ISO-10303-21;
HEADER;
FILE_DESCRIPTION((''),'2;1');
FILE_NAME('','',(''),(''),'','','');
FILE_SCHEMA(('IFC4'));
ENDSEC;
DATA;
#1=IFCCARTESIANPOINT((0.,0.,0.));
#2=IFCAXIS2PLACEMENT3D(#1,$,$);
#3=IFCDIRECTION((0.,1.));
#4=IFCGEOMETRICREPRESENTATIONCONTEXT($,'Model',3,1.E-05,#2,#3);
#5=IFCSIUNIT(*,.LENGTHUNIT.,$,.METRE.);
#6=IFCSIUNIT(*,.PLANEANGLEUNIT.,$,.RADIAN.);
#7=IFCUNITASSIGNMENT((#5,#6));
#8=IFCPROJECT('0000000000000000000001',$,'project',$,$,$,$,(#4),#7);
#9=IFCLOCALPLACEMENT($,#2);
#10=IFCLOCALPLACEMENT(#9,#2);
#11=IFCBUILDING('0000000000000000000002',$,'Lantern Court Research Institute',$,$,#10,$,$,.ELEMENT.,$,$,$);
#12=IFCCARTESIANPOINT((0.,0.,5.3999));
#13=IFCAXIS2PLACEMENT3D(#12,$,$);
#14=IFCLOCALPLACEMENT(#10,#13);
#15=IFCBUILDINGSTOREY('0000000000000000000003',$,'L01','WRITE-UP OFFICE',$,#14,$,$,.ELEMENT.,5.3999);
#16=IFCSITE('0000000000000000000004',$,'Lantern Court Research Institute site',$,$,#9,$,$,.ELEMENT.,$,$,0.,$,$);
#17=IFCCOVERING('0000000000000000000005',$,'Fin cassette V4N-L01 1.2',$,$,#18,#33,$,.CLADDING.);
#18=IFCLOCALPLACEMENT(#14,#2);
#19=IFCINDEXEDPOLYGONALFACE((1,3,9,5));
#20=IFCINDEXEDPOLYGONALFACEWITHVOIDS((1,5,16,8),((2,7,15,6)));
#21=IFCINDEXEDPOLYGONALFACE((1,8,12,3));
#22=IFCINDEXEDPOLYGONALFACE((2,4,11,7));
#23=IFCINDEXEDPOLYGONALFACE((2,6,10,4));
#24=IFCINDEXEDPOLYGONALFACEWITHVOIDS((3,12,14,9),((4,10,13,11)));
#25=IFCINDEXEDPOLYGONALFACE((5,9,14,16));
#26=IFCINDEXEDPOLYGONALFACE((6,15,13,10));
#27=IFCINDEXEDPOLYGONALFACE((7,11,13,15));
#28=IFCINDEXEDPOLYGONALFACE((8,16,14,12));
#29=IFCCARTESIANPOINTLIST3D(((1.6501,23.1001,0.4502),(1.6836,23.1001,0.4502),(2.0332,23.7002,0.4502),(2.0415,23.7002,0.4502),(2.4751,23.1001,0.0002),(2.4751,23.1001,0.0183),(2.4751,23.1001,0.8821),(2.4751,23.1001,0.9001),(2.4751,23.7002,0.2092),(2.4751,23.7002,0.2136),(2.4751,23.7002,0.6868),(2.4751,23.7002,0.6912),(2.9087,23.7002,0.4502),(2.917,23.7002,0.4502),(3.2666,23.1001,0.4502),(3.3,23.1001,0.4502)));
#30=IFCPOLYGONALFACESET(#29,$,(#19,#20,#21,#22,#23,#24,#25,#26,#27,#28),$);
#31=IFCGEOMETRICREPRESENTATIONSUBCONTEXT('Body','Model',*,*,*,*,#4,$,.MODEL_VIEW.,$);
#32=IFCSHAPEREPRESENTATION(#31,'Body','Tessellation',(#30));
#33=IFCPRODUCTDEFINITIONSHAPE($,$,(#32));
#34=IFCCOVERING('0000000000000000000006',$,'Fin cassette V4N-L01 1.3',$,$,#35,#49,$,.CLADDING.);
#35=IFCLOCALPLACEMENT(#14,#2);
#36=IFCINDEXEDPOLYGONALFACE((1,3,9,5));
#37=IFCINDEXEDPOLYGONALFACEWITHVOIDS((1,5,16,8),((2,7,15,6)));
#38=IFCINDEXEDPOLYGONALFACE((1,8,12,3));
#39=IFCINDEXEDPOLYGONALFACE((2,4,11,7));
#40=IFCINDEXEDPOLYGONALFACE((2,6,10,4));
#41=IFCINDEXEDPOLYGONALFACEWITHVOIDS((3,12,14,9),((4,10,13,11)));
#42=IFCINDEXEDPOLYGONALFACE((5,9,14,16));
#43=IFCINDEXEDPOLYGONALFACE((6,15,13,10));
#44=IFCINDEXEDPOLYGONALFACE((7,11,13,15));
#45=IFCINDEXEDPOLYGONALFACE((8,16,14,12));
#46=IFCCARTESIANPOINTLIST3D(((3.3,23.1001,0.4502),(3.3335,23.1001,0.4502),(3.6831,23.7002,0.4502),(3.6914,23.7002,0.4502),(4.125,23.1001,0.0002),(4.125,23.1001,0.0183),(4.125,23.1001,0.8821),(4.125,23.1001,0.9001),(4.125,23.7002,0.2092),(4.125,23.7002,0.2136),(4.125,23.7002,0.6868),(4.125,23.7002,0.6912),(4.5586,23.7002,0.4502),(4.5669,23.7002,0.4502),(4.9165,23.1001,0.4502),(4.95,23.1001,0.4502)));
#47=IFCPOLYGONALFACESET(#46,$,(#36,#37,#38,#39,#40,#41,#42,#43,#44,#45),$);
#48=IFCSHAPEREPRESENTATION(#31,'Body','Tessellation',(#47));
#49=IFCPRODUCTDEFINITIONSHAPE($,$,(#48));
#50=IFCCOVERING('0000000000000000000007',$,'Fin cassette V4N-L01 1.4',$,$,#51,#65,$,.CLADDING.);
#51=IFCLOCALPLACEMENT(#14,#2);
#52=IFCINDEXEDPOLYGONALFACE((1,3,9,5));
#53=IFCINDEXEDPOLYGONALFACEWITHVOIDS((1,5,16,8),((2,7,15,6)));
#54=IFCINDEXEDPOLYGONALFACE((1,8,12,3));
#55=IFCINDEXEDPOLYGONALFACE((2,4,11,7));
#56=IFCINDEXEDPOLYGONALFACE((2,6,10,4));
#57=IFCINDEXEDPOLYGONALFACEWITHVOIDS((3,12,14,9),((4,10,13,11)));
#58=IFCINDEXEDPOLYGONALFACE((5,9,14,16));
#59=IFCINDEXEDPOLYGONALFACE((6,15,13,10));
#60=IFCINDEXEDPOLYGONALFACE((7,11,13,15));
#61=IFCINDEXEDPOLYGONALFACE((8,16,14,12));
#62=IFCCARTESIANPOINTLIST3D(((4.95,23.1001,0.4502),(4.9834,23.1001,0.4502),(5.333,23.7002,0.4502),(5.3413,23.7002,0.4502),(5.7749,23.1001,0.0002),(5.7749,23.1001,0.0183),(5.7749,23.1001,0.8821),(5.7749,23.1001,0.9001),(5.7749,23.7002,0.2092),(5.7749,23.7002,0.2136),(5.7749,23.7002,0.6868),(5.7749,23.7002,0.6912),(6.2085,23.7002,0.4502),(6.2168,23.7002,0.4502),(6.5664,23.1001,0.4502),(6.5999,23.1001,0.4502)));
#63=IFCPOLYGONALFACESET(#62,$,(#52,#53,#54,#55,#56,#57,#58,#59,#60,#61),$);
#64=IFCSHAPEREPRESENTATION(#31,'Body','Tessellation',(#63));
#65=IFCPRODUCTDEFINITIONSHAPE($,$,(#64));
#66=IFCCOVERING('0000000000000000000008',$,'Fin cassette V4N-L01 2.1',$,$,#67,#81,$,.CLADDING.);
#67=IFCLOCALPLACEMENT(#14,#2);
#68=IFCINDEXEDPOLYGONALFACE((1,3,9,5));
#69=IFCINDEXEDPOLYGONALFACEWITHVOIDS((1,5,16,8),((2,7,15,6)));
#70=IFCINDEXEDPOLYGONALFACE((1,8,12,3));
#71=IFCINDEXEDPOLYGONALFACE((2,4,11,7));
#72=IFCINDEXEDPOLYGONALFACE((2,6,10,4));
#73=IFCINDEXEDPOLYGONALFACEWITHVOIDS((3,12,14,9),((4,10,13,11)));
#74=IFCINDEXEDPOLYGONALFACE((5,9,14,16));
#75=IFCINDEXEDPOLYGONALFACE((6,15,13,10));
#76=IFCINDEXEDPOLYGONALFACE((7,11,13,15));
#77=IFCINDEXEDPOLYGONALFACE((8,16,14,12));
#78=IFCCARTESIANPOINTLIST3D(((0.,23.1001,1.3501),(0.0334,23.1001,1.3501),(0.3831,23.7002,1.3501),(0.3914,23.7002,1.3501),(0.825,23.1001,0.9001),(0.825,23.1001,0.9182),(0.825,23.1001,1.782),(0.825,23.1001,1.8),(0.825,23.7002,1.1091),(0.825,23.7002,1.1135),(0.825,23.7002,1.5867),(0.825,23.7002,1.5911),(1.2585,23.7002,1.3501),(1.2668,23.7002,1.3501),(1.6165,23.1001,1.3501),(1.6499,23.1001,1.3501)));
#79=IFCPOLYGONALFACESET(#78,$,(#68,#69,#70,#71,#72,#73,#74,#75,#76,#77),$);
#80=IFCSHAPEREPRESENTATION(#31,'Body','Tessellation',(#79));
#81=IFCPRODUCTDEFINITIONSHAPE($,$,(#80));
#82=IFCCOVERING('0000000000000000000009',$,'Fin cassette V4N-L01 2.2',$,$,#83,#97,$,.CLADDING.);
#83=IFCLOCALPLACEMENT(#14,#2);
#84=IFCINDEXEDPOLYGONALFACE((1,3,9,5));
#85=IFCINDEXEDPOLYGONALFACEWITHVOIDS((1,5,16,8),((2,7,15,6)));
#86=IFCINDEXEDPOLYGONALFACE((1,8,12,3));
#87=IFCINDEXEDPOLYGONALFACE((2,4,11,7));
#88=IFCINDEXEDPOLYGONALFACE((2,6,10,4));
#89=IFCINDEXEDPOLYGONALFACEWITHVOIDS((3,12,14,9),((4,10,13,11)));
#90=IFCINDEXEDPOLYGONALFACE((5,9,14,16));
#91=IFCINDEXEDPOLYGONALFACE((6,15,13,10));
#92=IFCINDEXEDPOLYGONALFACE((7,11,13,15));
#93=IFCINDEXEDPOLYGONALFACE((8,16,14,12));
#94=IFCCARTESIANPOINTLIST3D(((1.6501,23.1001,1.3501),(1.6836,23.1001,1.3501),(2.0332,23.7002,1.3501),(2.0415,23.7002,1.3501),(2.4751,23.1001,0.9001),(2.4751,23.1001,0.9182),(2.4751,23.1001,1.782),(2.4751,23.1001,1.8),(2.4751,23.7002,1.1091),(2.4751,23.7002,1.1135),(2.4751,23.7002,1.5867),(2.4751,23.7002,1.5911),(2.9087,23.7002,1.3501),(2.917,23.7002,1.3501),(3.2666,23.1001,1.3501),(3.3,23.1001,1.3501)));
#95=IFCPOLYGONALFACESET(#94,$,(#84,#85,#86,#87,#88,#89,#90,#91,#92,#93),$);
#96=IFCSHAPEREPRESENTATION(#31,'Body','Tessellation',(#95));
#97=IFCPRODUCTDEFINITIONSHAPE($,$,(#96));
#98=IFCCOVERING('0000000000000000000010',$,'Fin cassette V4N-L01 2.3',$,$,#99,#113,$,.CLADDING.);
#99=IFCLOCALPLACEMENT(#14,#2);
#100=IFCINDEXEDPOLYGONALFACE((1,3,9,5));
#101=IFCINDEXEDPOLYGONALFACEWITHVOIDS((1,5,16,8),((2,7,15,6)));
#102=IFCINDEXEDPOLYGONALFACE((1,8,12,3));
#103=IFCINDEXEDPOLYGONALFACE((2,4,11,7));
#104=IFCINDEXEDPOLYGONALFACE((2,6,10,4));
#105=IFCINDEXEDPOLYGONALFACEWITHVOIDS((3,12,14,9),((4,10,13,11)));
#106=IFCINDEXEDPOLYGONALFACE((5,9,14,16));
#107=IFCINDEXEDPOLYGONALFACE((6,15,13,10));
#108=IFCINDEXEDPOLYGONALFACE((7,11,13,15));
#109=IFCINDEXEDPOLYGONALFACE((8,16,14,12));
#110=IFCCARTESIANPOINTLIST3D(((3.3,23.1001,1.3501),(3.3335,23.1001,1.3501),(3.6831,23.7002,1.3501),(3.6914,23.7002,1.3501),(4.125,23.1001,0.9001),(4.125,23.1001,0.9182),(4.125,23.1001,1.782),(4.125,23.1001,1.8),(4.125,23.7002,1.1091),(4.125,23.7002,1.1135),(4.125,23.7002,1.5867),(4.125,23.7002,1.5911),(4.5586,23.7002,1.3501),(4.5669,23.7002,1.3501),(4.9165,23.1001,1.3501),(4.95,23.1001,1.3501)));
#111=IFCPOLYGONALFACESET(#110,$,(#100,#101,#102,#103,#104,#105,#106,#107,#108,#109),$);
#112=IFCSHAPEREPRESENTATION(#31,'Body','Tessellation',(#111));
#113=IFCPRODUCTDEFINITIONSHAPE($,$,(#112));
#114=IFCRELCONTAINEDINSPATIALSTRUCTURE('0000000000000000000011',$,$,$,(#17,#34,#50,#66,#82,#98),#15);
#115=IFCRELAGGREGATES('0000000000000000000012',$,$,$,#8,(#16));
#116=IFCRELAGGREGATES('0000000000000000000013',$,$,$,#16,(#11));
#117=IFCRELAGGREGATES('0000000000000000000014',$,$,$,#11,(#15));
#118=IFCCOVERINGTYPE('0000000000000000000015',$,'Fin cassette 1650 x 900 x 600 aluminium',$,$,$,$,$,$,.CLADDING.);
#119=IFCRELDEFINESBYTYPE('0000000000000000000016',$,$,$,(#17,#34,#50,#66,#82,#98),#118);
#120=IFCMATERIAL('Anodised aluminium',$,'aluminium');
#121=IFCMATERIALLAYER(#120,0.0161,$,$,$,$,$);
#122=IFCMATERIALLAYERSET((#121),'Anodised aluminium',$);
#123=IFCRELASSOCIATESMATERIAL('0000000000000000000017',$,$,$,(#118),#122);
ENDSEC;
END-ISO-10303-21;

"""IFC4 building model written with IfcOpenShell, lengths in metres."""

from ifc_helpers import new_model, entity, si_unit, direction, frame, origin, place, context, subcontext, project, spatial, material, layer, layer_set, type_object, element, save


model = new_model("IFC4")

# Units and contexts
model_context = context("Model", 3, precision=1e-05, world=origin(), true_north=direction((0.0, 1.0)))
body_context = subcontext(model_context, "Body", "Model", "MODEL_VIEW")
ifc_project = project(units=[si_unit("LENGTHUNIT", "METRE"), si_unit("PLANEANGLEUNIT", "RADIAN")], contexts=[model_context])

# Site, building, storey
site_placement = place(None, origin())
site = spatial("IfcSite", under=ifc_project, at=site_placement, Name="Lantern Court Research Institute site", CompositionType="ELEMENT", RefElevation=0.0)
building_placement = place(site_placement, origin())
building = spatial("IfcBuilding", under=site, at=building_placement, Name="Lantern Court Research Institute", CompositionType="ELEMENT")
storey_placement = place(building_placement, frame((0.0, 0.0, 5.3999)))
storey = spatial("IfcBuildingStorey", under=building, at=storey_placement, Name="L01", Description="WRITE-UP OFFICE", CompositionType="ELEMENT", Elevation=5.3999)

# Coverings
ifc_material_1 = material(Name="Anodised aluminium", Category="aluminium")
ifc_layer_1 = layer(ifc_material_1, 0.0161)
ifc_layer_set_1 = layer_set([ifc_layer_1], Name="Anodised aluminium")
covering_type = type_object("IfcCoveringType", Name="Fin cassette 1650 x 900 x 600 aluminium", PredefinedType="CLADDING", material=ifc_layer_set_1)
covering_1_placement = place(storey_placement, frame((2.4751, 23.1001, 0.4502), z_axis=(0.0, 1.0, 0.0), x_axis=(-1.0, 0.0, 0.0)))
cartesian_point_1 = entity("IfcCartesianPoint", [0.825, 0.0])
cartesian_point_2 = entity("IfcCartesianPoint", [0.7915, 0.0])
cartesian_point_3 = entity("IfcCartesianPoint", [0.4419, 0.0])
cartesian_point_4 = entity("IfcCartesianPoint", [0.4336, 0.0])
element("IfcCovering", 1, at=covering_1_placement, inside=storey, type_object=covering_type, Name="Fin cassette V4N-L01 1.2", PredefinedType="CLADDING", context=body_context, shape_type="SweptSolid", body=[
    entity("IfcExtrudedAreaSolidTapered", entity("IfcArbitraryProfileDefWithVoids", "AREA", None, entity("IfcPolyline", [cartesian_point_1, entity("IfcCartesianPoint", [0.0, 0.45]), entity("IfcCartesianPoint", [-0.825, 0.0]), entity("IfcCartesianPoint", [0.0, -0.45]), cartesian_point_1]), [entity("IfcPolyline", [cartesian_point_2, entity("IfcCartesianPoint", [0.0, 0.4319]), entity("IfcCartesianPoint", [-0.7915, 0.0]), entity("IfcCartesianPoint", [0.0, -0.4319]), cartesian_point_2])]), entity("IfcAxis2Placement3D", entity("IfcCartesianPoint", [0.0, 0.0, 0.0])), entity("IfcDirection", [0.0, 0.0, 1.0]), 0.6001, entity("IfcArbitraryProfileDefWithVoids", "AREA", None, entity("IfcPolyline", [cartesian_point_3, entity("IfcCartesianPoint", [0.0, 0.241]), entity("IfcCartesianPoint", [-0.4419, 0.0]), entity("IfcCartesianPoint", [0.0, -0.241]), cartesian_point_3]), [entity("IfcPolyline", [cartesian_point_4, entity("IfcCartesianPoint", [0.0, 0.2366]), entity("IfcCartesianPoint", [-0.4336, 0.0]), entity("IfcCartesianPoint", [0.0, -0.2366]), cartesian_point_4])])),
])
covering_2_placement = place(storey_placement, frame((4.125, 23.1001, 0.4502), z_axis=(0.0, 1.0, 0.0), x_axis=(-1.0, 0.0, 0.0)))
cartesian_point_5 = entity("IfcCartesianPoint", [0.825, 0.0])
cartesian_point_6 = entity("IfcCartesianPoint", [0.7915, 0.0])
cartesian_point_7 = entity("IfcCartesianPoint", [0.4419, 0.0])
cartesian_point_8 = entity("IfcCartesianPoint", [0.4336, 0.0])
element("IfcCovering", 2, at=covering_2_placement, inside=storey, type_object=covering_type, Name="Fin cassette V4N-L01 1.3", PredefinedType="CLADDING", context=body_context, shape_type="SweptSolid", body=[
    entity("IfcExtrudedAreaSolidTapered", entity("IfcArbitraryProfileDefWithVoids", "AREA", None, entity("IfcPolyline", [cartesian_point_5, entity("IfcCartesianPoint", [0.0, 0.45]), entity("IfcCartesianPoint", [-0.825, 0.0]), entity("IfcCartesianPoint", [0.0, -0.45]), cartesian_point_5]), [entity("IfcPolyline", [cartesian_point_6, entity("IfcCartesianPoint", [0.0, 0.4319]), entity("IfcCartesianPoint", [-0.7915, 0.0]), entity("IfcCartesianPoint", [0.0, -0.4319]), cartesian_point_6])]), entity("IfcAxis2Placement3D", entity("IfcCartesianPoint", [0.0, 0.0, 0.0])), entity("IfcDirection", [0.0, 0.0, 1.0]), 0.6001, entity("IfcArbitraryProfileDefWithVoids", "AREA", None, entity("IfcPolyline", [cartesian_point_7, entity("IfcCartesianPoint", [0.0, 0.241]), entity("IfcCartesianPoint", [-0.4419, 0.0]), entity("IfcCartesianPoint", [0.0, -0.241]), cartesian_point_7]), [entity("IfcPolyline", [cartesian_point_8, entity("IfcCartesianPoint", [0.0, 0.2366]), entity("IfcCartesianPoint", [-0.4336, 0.0]), entity("IfcCartesianPoint", [0.0, -0.2366]), cartesian_point_8])])),
])
covering_3_placement = place(storey_placement, frame((5.7749, 23.1001, 0.4502), z_axis=(0.0, 1.0, 0.0), x_axis=(-1.0, 0.0, 0.0)))
cartesian_point_9 = entity("IfcCartesianPoint", [0.825, 0.0])
cartesian_point_10 = entity("IfcCartesianPoint", [0.7915, 0.0])
cartesian_point_11 = entity("IfcCartesianPoint", [0.4419, 0.0])
cartesian_point_12 = entity("IfcCartesianPoint", [0.4336, 0.0])
element("IfcCovering", 3, at=covering_3_placement, inside=storey, type_object=covering_type, Name="Fin cassette V4N-L01 1.4", PredefinedType="CLADDING", context=body_context, shape_type="SweptSolid", body=[
    entity("IfcExtrudedAreaSolidTapered", entity("IfcArbitraryProfileDefWithVoids", "AREA", None, entity("IfcPolyline", [cartesian_point_9, entity("IfcCartesianPoint", [0.0, 0.45]), entity("IfcCartesianPoint", [-0.825, 0.0]), entity("IfcCartesianPoint", [0.0, -0.45]), cartesian_point_9]), [entity("IfcPolyline", [cartesian_point_10, entity("IfcCartesianPoint", [0.0, 0.4319]), entity("IfcCartesianPoint", [-0.7915, 0.0]), entity("IfcCartesianPoint", [0.0, -0.4319]), cartesian_point_10])]), entity("IfcAxis2Placement3D", entity("IfcCartesianPoint", [0.0, 0.0, 0.0])), entity("IfcDirection", [0.0, 0.0, 1.0]), 0.6001, entity("IfcArbitraryProfileDefWithVoids", "AREA", None, entity("IfcPolyline", [cartesian_point_11, entity("IfcCartesianPoint", [0.0, 0.241]), entity("IfcCartesianPoint", [-0.4419, 0.0]), entity("IfcCartesianPoint", [0.0, -0.241]), cartesian_point_11]), [entity("IfcPolyline", [cartesian_point_12, entity("IfcCartesianPoint", [0.0, 0.2366]), entity("IfcCartesianPoint", [-0.4336, 0.0]), entity("IfcCartesianPoint", [0.0, -0.2366]), cartesian_point_12])])),
])
covering_4_placement = place(storey_placement, frame((0.825, 23.1001, 1.3501), z_axis=(0.0, 1.0, 0.0), x_axis=(-1.0, 0.0, 0.0)))
cartesian_point_13 = entity("IfcCartesianPoint", [0.825, 0.0])
cartesian_point_14 = entity("IfcCartesianPoint", [0.7915, 0.0])
cartesian_point_15 = entity("IfcCartesianPoint", [0.4419, 0.0])
cartesian_point_16 = entity("IfcCartesianPoint", [0.4336, 0.0])
element("IfcCovering", 4, at=covering_4_placement, inside=storey, type_object=covering_type, Name="Fin cassette V4N-L01 2.1", PredefinedType="CLADDING", context=body_context, shape_type="SweptSolid", body=[
    entity("IfcExtrudedAreaSolidTapered", entity("IfcArbitraryProfileDefWithVoids", "AREA", None, entity("IfcPolyline", [cartesian_point_13, entity("IfcCartesianPoint", [0.0, 0.45]), entity("IfcCartesianPoint", [-0.825, 0.0]), entity("IfcCartesianPoint", [0.0, -0.45]), cartesian_point_13]), [entity("IfcPolyline", [cartesian_point_14, entity("IfcCartesianPoint", [0.0, 0.4319]), entity("IfcCartesianPoint", [-0.7915, 0.0]), entity("IfcCartesianPoint", [0.0, -0.4319]), cartesian_point_14])]), entity("IfcAxis2Placement3D", entity("IfcCartesianPoint", [0.0, 0.0, 0.0])), entity("IfcDirection", [0.0, 0.0, 1.0]), 0.6001, entity("IfcArbitraryProfileDefWithVoids", "AREA", None, entity("IfcPolyline", [cartesian_point_15, entity("IfcCartesianPoint", [0.0, 0.241]), entity("IfcCartesianPoint", [-0.4419, 0.0]), entity("IfcCartesianPoint", [0.0, -0.241]), cartesian_point_15]), [entity("IfcPolyline", [cartesian_point_16, entity("IfcCartesianPoint", [0.0, 0.2366]), entity("IfcCartesianPoint", [-0.4336, 0.0]), entity("IfcCartesianPoint", [0.0, -0.2366]), cartesian_point_16])])),
])
covering_5_placement = place(storey_placement, frame((2.4751, 23.1001, 1.3501), z_axis=(0.0, 1.0, 0.0), x_axis=(-1.0, 0.0, 0.0)))
cartesian_point_17 = entity("IfcCartesianPoint", [0.825, 0.0])
cartesian_point_18 = entity("IfcCartesianPoint", [0.7915, 0.0])
cartesian_point_19 = entity("IfcCartesianPoint", [0.4419, 0.0])
cartesian_point_20 = entity("IfcCartesianPoint", [0.4336, 0.0])
element("IfcCovering", 5, at=covering_5_placement, inside=storey, type_object=covering_type, Name="Fin cassette V4N-L01 2.2", PredefinedType="CLADDING", context=body_context, shape_type="SweptSolid", body=[
    entity("IfcExtrudedAreaSolidTapered", entity("IfcArbitraryProfileDefWithVoids", "AREA", None, entity("IfcPolyline", [cartesian_point_17, entity("IfcCartesianPoint", [0.0, 0.45]), entity("IfcCartesianPoint", [-0.825, 0.0]), entity("IfcCartesianPoint", [0.0, -0.45]), cartesian_point_17]), [entity("IfcPolyline", [cartesian_point_18, entity("IfcCartesianPoint", [0.0, 0.4319]), entity("IfcCartesianPoint", [-0.7915, 0.0]), entity("IfcCartesianPoint", [0.0, -0.4319]), cartesian_point_18])]), entity("IfcAxis2Placement3D", entity("IfcCartesianPoint", [0.0, 0.0, 0.0])), entity("IfcDirection", [0.0, 0.0, 1.0]), 0.6001, entity("IfcArbitraryProfileDefWithVoids", "AREA", None, entity("IfcPolyline", [cartesian_point_19, entity("IfcCartesianPoint", [0.0, 0.241]), entity("IfcCartesianPoint", [-0.4419, 0.0]), entity("IfcCartesianPoint", [0.0, -0.241]), cartesian_point_19]), [entity("IfcPolyline", [cartesian_point_20, entity("IfcCartesianPoint", [0.0, 0.2366]), entity("IfcCartesianPoint", [-0.4336, 0.0]), entity("IfcCartesianPoint", [0.0, -0.2366]), cartesian_point_20])])),
])
covering_6_placement = place(storey_placement, frame((4.125, 23.1001, 1.3501), z_axis=(0.0, 1.0, 0.0), x_axis=(-1.0, 0.0, 0.0)))
cartesian_point_21 = entity("IfcCartesianPoint", [0.825, 0.0])
cartesian_point_22 = entity("IfcCartesianPoint", [0.7915, 0.0])
cartesian_point_23 = entity("IfcCartesianPoint", [0.4419, 0.0])
cartesian_point_24 = entity("IfcCartesianPoint", [0.4336, 0.0])
element("IfcCovering", 6, at=covering_6_placement, inside=storey, type_object=covering_type, Name="Fin cassette V4N-L01 2.3", PredefinedType="CLADDING", context=body_context, shape_type="SweptSolid", body=[
    entity("IfcExtrudedAreaSolidTapered", entity("IfcArbitraryProfileDefWithVoids", "AREA", None, entity("IfcPolyline", [cartesian_point_21, entity("IfcCartesianPoint", [0.0, 0.45]), entity("IfcCartesianPoint", [-0.825, 0.0]), entity("IfcCartesianPoint", [0.0, -0.45]), cartesian_point_21]), [entity("IfcPolyline", [cartesian_point_22, entity("IfcCartesianPoint", [0.0, 0.4319]), entity("IfcCartesianPoint", [-0.7915, 0.0]), entity("IfcCartesianPoint", [0.0, -0.4319]), cartesian_point_22])]), entity("IfcAxis2Placement3D", entity("IfcCartesianPoint", [0.0, 0.0, 0.0])), entity("IfcDirection", [0.0, 0.0, 1.0]), 0.6001, entity("IfcArbitraryProfileDefWithVoids", "AREA", None, entity("IfcPolyline", [cartesian_point_23, entity("IfcCartesianPoint", [0.0, 0.241]), entity("IfcCartesianPoint", [-0.4419, 0.0]), entity("IfcCartesianPoint", [0.0, -0.241]), cartesian_point_23]), [entity("IfcPolyline", [cartesian_point_24, entity("IfcCartesianPoint", [0.0, 0.2366]), entity("IfcCartesianPoint", [-0.4336, 0.0]), entity("IfcCartesianPoint", [0.0, -0.2366]), cartesian_point_24])])),
])

save(model, "model.ifc")
